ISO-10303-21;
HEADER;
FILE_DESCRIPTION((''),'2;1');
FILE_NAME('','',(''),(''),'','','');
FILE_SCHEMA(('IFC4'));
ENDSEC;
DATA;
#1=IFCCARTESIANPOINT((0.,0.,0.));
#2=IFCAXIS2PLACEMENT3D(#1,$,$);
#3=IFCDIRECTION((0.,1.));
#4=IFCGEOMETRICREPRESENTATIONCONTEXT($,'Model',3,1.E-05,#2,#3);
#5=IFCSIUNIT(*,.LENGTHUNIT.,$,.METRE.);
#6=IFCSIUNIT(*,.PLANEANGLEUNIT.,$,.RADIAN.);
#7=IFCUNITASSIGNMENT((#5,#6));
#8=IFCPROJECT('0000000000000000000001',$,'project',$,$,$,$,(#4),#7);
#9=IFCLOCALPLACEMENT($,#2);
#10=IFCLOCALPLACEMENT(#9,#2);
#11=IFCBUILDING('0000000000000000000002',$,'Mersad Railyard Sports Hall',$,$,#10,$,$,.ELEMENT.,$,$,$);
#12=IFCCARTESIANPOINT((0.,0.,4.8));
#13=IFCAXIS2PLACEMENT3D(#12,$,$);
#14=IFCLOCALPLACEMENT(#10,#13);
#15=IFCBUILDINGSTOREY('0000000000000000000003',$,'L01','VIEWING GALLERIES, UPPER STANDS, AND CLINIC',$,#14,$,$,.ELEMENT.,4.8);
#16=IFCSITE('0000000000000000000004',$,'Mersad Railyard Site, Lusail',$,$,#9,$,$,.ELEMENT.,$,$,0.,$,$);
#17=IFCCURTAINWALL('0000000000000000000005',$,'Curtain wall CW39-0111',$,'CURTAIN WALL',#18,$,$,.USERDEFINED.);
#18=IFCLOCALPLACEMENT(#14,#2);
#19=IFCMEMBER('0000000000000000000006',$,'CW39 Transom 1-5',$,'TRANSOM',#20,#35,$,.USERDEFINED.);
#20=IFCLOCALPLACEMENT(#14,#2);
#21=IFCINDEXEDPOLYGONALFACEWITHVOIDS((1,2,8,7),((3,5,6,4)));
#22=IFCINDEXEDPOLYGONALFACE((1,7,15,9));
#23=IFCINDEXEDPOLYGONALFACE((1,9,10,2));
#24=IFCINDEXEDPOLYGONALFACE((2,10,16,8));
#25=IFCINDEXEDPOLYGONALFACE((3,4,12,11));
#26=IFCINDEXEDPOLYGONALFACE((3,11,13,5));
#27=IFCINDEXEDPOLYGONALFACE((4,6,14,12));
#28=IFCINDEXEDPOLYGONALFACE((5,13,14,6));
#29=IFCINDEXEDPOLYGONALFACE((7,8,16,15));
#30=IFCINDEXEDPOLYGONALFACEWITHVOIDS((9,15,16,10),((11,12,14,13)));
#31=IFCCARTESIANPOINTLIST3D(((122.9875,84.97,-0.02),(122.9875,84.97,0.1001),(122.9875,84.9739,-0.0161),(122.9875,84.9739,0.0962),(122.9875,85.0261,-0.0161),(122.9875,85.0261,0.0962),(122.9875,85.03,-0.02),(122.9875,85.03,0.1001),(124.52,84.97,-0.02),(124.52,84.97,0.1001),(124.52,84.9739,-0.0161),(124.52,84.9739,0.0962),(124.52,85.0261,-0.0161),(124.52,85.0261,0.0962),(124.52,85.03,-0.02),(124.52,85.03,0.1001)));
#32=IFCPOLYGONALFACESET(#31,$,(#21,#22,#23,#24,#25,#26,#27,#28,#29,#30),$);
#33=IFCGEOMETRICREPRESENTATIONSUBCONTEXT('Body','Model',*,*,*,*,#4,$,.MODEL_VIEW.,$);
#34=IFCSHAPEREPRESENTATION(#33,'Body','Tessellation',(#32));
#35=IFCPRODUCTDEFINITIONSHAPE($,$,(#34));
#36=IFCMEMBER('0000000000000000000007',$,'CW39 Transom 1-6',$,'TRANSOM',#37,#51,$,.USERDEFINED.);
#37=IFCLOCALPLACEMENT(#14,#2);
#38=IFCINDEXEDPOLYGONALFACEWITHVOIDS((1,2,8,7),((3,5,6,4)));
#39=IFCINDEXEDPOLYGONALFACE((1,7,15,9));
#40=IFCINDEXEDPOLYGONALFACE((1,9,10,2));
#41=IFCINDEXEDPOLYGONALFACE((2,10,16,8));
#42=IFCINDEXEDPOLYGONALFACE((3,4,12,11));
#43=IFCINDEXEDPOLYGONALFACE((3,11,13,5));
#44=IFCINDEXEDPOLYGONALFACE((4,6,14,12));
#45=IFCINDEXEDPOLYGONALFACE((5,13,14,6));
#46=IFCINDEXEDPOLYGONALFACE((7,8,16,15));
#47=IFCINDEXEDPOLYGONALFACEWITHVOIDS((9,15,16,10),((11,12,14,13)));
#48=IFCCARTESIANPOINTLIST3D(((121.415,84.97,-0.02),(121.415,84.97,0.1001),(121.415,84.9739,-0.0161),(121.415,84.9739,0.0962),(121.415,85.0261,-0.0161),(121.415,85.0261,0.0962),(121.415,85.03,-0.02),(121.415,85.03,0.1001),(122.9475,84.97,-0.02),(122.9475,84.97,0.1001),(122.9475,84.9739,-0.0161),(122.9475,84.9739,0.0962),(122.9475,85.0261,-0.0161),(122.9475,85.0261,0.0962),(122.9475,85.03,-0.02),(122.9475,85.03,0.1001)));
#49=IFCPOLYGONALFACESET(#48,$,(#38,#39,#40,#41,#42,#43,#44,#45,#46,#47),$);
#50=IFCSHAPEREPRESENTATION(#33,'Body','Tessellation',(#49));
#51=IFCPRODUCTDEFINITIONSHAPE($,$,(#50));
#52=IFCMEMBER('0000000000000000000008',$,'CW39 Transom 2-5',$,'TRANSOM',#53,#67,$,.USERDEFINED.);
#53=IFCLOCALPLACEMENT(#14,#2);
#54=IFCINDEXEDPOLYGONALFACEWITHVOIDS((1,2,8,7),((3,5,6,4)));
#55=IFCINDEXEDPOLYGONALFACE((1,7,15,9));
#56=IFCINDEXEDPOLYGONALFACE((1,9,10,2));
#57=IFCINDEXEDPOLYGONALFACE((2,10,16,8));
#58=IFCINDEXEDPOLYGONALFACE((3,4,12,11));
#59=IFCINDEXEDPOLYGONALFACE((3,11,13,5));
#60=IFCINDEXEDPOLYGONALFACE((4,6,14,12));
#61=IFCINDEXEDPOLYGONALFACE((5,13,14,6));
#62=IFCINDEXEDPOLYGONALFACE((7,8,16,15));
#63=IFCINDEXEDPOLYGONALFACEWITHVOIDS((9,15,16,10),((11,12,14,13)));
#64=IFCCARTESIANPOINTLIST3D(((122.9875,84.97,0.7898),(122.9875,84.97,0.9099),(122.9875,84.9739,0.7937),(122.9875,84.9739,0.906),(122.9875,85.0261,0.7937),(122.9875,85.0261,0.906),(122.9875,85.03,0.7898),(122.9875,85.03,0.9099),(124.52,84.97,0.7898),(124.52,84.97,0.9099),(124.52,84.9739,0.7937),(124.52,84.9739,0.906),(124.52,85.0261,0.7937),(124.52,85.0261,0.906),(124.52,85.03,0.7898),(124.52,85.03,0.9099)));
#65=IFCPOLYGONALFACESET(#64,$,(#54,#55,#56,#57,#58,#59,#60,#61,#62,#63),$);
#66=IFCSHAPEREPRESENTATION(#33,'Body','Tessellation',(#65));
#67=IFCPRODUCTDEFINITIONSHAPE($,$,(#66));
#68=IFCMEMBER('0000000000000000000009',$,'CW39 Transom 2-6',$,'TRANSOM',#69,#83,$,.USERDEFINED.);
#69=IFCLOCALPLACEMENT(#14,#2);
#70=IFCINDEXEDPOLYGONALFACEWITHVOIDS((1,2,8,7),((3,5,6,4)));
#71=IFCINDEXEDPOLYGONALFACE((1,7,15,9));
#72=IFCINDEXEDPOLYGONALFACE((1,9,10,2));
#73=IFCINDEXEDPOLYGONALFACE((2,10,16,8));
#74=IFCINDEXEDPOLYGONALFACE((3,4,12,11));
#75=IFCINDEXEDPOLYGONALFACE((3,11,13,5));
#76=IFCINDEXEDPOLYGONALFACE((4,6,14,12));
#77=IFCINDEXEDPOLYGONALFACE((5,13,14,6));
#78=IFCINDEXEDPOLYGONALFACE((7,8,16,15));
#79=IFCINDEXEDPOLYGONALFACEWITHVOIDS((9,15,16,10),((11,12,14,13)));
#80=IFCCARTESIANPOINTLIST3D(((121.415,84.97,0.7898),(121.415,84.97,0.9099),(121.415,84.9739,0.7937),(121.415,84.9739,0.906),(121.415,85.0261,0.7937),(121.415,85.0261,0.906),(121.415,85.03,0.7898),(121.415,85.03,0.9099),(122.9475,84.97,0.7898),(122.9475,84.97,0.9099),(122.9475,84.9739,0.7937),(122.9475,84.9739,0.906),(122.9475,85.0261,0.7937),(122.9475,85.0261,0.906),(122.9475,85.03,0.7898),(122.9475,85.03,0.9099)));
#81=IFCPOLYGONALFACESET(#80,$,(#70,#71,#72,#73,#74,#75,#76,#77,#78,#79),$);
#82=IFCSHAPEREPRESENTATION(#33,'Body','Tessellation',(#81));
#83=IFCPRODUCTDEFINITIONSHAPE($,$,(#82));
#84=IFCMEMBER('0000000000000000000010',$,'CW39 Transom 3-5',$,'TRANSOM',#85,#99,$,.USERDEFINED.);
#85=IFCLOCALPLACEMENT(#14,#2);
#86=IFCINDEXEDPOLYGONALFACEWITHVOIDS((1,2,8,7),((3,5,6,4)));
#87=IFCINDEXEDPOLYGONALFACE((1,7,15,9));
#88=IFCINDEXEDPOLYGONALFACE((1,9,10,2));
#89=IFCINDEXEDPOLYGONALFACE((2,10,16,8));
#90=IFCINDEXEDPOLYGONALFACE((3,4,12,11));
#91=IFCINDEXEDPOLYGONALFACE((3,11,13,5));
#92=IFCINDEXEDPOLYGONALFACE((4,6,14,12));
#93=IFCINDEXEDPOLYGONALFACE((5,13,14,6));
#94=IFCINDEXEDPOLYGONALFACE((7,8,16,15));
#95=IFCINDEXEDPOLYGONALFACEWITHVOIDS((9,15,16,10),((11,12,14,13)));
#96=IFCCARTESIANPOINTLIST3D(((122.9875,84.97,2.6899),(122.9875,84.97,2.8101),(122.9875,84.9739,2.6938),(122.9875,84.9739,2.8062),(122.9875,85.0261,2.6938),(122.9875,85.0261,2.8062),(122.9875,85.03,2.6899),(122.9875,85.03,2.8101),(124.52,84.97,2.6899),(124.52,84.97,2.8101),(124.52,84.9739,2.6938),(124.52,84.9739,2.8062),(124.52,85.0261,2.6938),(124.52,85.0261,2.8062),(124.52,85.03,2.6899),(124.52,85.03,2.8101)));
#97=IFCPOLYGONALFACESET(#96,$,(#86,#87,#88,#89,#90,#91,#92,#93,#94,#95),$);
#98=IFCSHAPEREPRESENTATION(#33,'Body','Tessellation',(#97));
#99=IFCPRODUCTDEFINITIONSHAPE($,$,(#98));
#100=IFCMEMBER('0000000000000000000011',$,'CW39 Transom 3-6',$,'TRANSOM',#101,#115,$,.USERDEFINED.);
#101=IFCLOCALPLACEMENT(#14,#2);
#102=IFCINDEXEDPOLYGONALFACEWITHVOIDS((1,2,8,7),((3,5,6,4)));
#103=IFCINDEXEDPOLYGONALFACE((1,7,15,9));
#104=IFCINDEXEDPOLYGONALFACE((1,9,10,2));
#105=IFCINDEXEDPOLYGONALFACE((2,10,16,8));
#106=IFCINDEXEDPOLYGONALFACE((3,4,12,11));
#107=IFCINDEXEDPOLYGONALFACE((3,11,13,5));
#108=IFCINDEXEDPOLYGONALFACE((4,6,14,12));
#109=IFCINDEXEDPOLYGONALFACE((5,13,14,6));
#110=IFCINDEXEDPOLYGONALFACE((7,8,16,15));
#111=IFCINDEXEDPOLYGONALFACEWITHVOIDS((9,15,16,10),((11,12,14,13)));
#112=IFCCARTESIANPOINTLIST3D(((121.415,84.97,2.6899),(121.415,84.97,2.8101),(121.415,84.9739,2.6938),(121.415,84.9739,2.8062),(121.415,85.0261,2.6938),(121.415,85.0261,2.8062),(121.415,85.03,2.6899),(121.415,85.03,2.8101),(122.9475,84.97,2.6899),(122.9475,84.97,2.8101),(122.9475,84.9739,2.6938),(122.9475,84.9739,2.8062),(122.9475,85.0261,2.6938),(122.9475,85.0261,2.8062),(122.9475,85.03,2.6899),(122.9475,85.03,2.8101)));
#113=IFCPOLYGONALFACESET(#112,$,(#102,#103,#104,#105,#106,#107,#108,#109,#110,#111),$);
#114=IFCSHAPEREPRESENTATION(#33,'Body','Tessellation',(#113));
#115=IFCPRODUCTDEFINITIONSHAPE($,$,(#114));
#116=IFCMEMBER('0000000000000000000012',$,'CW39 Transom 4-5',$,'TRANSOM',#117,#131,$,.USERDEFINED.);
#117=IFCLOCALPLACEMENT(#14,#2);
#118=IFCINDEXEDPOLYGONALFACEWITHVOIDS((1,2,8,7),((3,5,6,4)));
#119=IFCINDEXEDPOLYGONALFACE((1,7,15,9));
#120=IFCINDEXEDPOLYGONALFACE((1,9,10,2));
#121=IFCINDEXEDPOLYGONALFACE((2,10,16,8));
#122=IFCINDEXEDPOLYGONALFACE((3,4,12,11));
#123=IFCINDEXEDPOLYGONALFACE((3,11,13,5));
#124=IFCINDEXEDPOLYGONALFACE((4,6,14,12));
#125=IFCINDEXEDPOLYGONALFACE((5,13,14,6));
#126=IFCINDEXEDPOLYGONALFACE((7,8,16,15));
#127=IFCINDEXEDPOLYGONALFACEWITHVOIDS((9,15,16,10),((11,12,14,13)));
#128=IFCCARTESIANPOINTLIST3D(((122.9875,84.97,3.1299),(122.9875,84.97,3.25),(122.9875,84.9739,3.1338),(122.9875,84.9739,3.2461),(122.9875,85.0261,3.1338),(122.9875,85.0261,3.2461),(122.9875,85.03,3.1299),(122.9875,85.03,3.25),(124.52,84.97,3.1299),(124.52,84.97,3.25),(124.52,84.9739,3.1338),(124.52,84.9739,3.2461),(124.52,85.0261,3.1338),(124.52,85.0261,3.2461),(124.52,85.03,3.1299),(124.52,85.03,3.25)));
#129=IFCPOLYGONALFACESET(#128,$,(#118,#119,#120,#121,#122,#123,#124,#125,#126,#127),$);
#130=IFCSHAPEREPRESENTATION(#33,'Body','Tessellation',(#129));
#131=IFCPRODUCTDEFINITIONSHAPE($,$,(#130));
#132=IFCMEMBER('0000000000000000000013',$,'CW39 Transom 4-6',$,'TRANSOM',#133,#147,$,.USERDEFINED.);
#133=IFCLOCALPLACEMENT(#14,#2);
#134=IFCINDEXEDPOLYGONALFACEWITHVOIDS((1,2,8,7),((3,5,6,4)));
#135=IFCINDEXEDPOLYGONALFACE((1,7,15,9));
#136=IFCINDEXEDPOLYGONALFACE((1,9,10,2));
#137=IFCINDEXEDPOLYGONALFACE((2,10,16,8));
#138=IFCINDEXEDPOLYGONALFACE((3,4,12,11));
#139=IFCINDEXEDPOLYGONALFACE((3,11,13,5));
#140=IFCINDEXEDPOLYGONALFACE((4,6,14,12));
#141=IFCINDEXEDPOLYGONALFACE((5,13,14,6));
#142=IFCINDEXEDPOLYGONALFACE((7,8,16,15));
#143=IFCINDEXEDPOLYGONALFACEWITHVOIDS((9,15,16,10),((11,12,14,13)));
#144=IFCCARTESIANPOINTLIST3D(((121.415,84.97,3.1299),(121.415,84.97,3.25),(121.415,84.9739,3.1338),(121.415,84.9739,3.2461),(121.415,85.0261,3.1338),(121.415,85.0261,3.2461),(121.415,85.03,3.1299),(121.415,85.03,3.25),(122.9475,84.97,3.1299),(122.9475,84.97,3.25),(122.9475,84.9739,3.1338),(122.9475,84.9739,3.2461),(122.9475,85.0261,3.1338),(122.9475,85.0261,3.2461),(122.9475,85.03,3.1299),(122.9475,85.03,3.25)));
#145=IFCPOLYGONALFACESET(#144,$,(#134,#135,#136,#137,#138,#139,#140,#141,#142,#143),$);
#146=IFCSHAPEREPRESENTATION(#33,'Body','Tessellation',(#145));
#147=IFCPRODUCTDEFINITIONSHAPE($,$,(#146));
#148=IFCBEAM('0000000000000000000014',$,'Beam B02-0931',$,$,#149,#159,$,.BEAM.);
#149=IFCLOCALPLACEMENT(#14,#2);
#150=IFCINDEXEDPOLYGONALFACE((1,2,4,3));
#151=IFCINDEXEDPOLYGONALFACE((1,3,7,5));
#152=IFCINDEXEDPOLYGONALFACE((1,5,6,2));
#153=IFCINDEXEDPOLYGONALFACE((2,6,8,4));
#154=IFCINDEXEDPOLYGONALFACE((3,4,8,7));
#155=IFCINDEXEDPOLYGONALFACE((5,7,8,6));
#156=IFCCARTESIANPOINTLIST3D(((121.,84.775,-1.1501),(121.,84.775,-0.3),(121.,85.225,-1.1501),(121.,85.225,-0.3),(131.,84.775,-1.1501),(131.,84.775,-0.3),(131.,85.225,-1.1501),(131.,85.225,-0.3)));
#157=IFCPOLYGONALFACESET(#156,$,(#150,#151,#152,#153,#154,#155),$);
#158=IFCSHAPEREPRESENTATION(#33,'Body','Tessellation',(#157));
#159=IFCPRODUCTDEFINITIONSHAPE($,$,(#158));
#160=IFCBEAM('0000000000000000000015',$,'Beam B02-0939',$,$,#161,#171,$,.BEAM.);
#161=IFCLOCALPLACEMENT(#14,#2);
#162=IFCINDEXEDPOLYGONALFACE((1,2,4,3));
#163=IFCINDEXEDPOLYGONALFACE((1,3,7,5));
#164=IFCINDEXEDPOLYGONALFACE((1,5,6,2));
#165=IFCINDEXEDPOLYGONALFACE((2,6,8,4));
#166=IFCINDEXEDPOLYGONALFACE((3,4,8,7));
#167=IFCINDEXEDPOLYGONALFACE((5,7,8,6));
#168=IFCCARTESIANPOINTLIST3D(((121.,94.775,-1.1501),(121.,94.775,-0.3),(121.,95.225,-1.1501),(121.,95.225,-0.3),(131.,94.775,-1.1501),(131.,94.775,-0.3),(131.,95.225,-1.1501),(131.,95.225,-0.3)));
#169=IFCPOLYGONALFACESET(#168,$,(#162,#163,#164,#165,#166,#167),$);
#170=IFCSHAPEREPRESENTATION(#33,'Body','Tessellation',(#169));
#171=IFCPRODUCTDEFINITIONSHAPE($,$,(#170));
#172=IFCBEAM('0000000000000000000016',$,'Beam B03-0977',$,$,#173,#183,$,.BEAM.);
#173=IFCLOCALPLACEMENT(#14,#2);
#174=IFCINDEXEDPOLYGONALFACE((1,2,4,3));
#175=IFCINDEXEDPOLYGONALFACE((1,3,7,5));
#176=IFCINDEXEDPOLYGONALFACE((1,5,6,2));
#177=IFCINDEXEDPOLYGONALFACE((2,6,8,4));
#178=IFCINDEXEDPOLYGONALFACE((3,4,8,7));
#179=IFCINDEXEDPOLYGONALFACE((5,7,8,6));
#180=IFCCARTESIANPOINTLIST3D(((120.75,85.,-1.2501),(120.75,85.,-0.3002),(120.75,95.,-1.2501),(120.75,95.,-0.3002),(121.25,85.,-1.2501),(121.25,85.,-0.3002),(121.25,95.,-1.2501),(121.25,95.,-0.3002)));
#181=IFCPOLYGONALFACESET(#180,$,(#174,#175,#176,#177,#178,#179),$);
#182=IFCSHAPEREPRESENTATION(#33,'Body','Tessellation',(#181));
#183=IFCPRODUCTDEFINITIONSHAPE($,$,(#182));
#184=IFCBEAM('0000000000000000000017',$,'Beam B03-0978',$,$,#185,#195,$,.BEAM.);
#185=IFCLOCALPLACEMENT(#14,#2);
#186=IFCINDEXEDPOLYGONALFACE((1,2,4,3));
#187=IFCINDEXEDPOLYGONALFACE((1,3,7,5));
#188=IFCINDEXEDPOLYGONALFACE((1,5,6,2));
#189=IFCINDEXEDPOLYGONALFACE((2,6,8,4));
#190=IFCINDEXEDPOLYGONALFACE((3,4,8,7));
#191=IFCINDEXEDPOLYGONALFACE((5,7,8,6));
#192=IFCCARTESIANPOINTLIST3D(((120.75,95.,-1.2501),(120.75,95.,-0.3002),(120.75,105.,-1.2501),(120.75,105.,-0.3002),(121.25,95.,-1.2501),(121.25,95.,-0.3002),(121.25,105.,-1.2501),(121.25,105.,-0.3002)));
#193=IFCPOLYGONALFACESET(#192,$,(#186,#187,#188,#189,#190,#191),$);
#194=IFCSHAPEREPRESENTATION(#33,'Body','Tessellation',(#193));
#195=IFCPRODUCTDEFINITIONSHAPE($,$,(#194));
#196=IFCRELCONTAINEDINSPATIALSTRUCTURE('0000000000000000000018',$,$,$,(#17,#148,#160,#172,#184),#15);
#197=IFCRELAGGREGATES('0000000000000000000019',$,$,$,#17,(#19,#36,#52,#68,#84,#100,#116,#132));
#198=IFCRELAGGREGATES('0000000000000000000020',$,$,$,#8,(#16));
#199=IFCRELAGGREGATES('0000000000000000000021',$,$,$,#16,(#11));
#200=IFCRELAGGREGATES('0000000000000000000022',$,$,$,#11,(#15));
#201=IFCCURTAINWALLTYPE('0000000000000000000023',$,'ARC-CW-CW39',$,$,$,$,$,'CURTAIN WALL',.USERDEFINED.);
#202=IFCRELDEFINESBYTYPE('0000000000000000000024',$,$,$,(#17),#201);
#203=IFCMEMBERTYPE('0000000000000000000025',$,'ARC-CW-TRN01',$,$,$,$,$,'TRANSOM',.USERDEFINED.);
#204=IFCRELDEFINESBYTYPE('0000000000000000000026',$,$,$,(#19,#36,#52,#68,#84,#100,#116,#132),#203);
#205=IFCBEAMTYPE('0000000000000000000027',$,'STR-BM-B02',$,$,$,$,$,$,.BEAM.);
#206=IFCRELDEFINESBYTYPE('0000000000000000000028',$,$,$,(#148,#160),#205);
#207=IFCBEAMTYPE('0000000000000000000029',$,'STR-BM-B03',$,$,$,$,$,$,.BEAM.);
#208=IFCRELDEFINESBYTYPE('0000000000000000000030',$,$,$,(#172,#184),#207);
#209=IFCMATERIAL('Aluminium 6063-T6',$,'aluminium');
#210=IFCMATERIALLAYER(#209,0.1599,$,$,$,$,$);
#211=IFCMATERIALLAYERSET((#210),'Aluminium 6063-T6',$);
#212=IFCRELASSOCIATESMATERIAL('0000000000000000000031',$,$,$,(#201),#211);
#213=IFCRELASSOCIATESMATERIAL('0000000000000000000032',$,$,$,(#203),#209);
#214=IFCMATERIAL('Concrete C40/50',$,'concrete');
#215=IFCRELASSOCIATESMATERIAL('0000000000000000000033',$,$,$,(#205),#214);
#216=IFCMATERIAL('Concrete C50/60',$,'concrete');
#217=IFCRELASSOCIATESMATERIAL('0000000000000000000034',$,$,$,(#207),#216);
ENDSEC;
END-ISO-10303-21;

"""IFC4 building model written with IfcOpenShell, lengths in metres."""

from ifc_helpers import new_model, si_unit, direction, frame, origin, origin_2d, place, context, subcontext, project, spatial, rectangle, hollow_rectangle, extrude, material, layer, layer_set, material_profile, profile_set, type_object, element, aggregate, save


model = new_model("IFC4")

# Units and contexts
model_context = context("Model", 3, precision=1e-05, world=origin(), true_north=direction((0.0, 1.0)))
body_context = subcontext(model_context, "Body", "Model", "MODEL_VIEW")
ifc_project = project(units=[si_unit("LENGTHUNIT", "METRE"), si_unit("PLANEANGLEUNIT", "RADIAN")], contexts=[model_context])

# Site, building, storey
site_placement = place(None, origin())
site = spatial("IfcSite", under=ifc_project, at=site_placement, Name="Mersad Railyard Site, Lusail", CompositionType="ELEMENT", RefElevation=0.0)
building_placement = place(site_placement, origin())
building = spatial("IfcBuilding", under=site, at=building_placement, Name="Mersad Railyard Sports Hall", CompositionType="ELEMENT")
storey_placement = place(building_placement, frame((0.0, 0.0, 4.8)))
storey = spatial("IfcBuildingStorey", under=building, at=storey_placement, Name="L01", Description="VIEWING GALLERIES, UPPER STANDS, AND CLINIC", CompositionType="ELEMENT", Elevation=4.8)

# Shared definitions
ifc_material_1 = material(Name="Concrete C50/60", Category="concrete")

# Curtain wall
ifc_material_2 = material(Name="Aluminium 6063-T6", Category="aluminium")
ifc_layer_1 = layer(ifc_material_2, 0.1599)
ifc_layer_set_1 = layer_set([ifc_layer_1], Name="Aluminium 6063-T6")
curtain_wall_type_1 = type_object("IfcCurtainWallType", Name="ARC-CW-CW39", ElementType="CURTAIN WALL", PredefinedType="USERDEFINED", material=ifc_layer_set_1)
curtain_wall_1_placement = place(storey_placement, origin())
curtain_wall_1 = element("IfcCurtainWall", 1, at=curtain_wall_1_placement, inside=storey, type_object=curtain_wall_type_1, Name="Curtain wall CW39-0111", ObjectType="CURTAIN WALL", PredefinedType="USERDEFINED")

# Members
ifc_material_profile_1 = material_profile(ifc_material_2, hollow_rectangle(XDim=0.0601, YDim=0.1201, WallThickness=0.0039, at=origin_2d()), Name="AL TRANSOM 60x120x4")
ifc_profile_set_1 = profile_set([ifc_material_profile_1], Name="Aluminium 6063-T6")
member_type_1 = type_object("IfcMemberType", Name="ARC-CW-TRN01", ElementType="TRANSOM", PredefinedType="USERDEFINED", material=ifc_profile_set_1)
member_1_placement = place(storey_placement, frame((124.52, 85.0, 0.04), z_axis=(-1.0, 0.0, 0.0), x_axis=(0.0, -1.0, 0.0)))
member_1 = element("IfcMember", 2, at=member_1_placement, type_object=member_type_1, Name="CW39 Transom 1-5", ObjectType="TRANSOM", PredefinedType="USERDEFINED", context=body_context, shape_type="SweptSolid", body=[
    extrude(hollow_rectangle(XDim=0.0601, YDim=0.1201, WallThickness=0.0039, at=origin_2d()), origin(), (0.0, 0.0, 1.0), 1.5325),
])
member_2_placement = place(storey_placement, frame((122.9475, 85.0, 0.04), z_axis=(-1.0, 0.0, 0.0), x_axis=(0.0, -1.0, 0.0)))
member_2 = element("IfcMember", 3, at=member_2_placement, type_object=member_type_1, Name="CW39 Transom 1-6", ObjectType="TRANSOM", PredefinedType="USERDEFINED", context=body_context, shape_type="SweptSolid", body=[
    extrude(hollow_rectangle(XDim=0.0601, YDim=0.1201, WallThickness=0.0039, at=origin_2d()), origin(), (0.0, 0.0, 1.0), 1.5325),
])
member_3_placement = place(storey_placement, frame((124.52, 85.0, 0.8499), z_axis=(-1.0, 0.0, 0.0), x_axis=(0.0, -1.0, 0.0)))
member_3 = element("IfcMember", 4, at=member_3_placement, type_object=member_type_1, Name="CW39 Transom 2-5", ObjectType="TRANSOM", PredefinedType="USERDEFINED", context=body_context, shape_type="SweptSolid", body=[
    extrude(hollow_rectangle(XDim=0.0601, YDim=0.1201, WallThickness=0.0039, at=origin_2d()), origin(), (0.0, 0.0, 1.0), 1.5325),
])
member_4_placement = place(storey_placement, frame((122.9475, 85.0, 0.8499), z_axis=(-1.0, 0.0, 0.0), x_axis=(0.0, -1.0, 0.0)))
member_4 = element("IfcMember", 5, at=member_4_placement, type_object=member_type_1, Name="CW39 Transom 2-6", ObjectType="TRANSOM", PredefinedType="USERDEFINED", context=body_context, shape_type="SweptSolid", body=[
    extrude(hollow_rectangle(XDim=0.0601, YDim=0.1201, WallThickness=0.0039, at=origin_2d()), origin(), (0.0, 0.0, 1.0), 1.5325),
])
member_5_placement = place(storey_placement, frame((124.52, 85.0, 2.75), z_axis=(-1.0, 0.0, 0.0), x_axis=(0.0, -1.0, 0.0)))
member_5 = element("IfcMember", 6, at=member_5_placement, type_object=member_type_1, Name="CW39 Transom 3-5", ObjectType="TRANSOM", PredefinedType="USERDEFINED", context=body_context, shape_type="SweptSolid", body=[
    extrude(hollow_rectangle(XDim=0.0601, YDim=0.1201, WallThickness=0.0039, at=origin_2d()), origin(), (0.0, 0.0, 1.0), 1.5325),
])
member_6_placement = place(storey_placement, frame((122.9475, 85.0, 2.75), z_axis=(-1.0, 0.0, 0.0), x_axis=(0.0, -1.0, 0.0)))
member_6 = element("IfcMember", 7, at=member_6_placement, type_object=member_type_1, Name="CW39 Transom 3-6", ObjectType="TRANSOM", PredefinedType="USERDEFINED", context=body_context, shape_type="SweptSolid", body=[
    extrude(hollow_rectangle(XDim=0.0601, YDim=0.1201, WallThickness=0.0039, at=origin_2d()), origin(), (0.0, 0.0, 1.0), 1.5325),
])
member_7_placement = place(storey_placement, frame((124.52, 85.0, 3.1899), z_axis=(-1.0, 0.0, 0.0), x_axis=(0.0, -1.0, 0.0)))
member_7 = element("IfcMember", 8, at=member_7_placement, type_object=member_type_1, Name="CW39 Transom 4-5", ObjectType="TRANSOM", PredefinedType="USERDEFINED", context=body_context, shape_type="SweptSolid", body=[
    extrude(hollow_rectangle(XDim=0.0601, YDim=0.1201, WallThickness=0.0039, at=origin_2d()), origin(), (0.0, 0.0, 1.0), 1.5325),
])
member_8_placement = place(storey_placement, frame((122.9475, 85.0, 3.1899), z_axis=(-1.0, 0.0, 0.0), x_axis=(0.0, -1.0, 0.0)))
member_8 = element("IfcMember", 9, at=member_8_placement, type_object=member_type_1, Name="CW39 Transom 4-6", ObjectType="TRANSOM", PredefinedType="USERDEFINED", context=body_context, shape_type="SweptSolid", body=[
    extrude(hollow_rectangle(XDim=0.0601, YDim=0.1201, WallThickness=0.0039, at=origin_2d()), origin(), (0.0, 0.0, 1.0), 1.5325),
])

# Beams
ifc_material_3 = material(Name="Concrete C40/50", Category="concrete")
ifc_material_profile_2 = material_profile(ifc_material_3, rectangle(XDim=0.45, YDim=0.8501, at=origin_2d()), Name="RC 450x850")
ifc_profile_set_2 = profile_set([ifc_material_profile_2], Name="Concrete C40/50")
beam_type_1 = type_object("IfcBeamType", Name="STR-BM-B02", PredefinedType="BEAM", material=ifc_profile_set_2)
for number, where, z_axis, x_axis, name in (
    (10, (121.0, 85.0, -0.7251), (1.0, 0.0, 0.0), (0.0, 1.0, 0.0), "Beam B02-0931"),
    (11, (121.0, 95.0, -0.7251), (1.0, 0.0, 0.0), (0.0, 1.0, 0.0), "Beam B02-0939"),
):
    element("IfcBeam", number, at=place(storey_placement, frame(where, z_axis=z_axis, x_axis=x_axis)), inside=storey, type_object=beam_type_1, Name=name, PredefinedType="BEAM", context=body_context, shape_type="SweptSolid", body=[
        extrude(rectangle(XDim=0.45, YDim=0.8501, at=origin_2d()), origin(), (0.0, 0.0, 1.0), 10.0),
    ])
ifc_material_profile_3 = material_profile(ifc_material_1, rectangle(XDim=0.5, YDim=0.95, at=origin_2d()), Name="RC 500x950")
ifc_profile_set_3 = profile_set([ifc_material_profile_3], Name="Concrete C50/60")
beam_type_2 = type_object("IfcBeamType", Name="STR-BM-B03", PredefinedType="BEAM", material=ifc_profile_set_3)
for number, where, z_axis, x_axis, name in (
    (12, (121.0, 85.0, -0.7751), (0.0, 1.0, 0.0), (-1.0, 0.0, 0.0), "Beam B03-0977"),
    (13, (121.0, 95.0, -0.7751), (0.0, 1.0, 0.0), (-1.0, 0.0, 0.0), "Beam B03-0978"),
):
    element("IfcBeam", number, at=place(storey_placement, frame(where, z_axis=z_axis, x_axis=x_axis)), inside=storey, type_object=beam_type_2, Name=name, PredefinedType="BEAM", context=body_context, shape_type="SweptSolid", body=[
        extrude(rectangle(XDim=0.5, YDim=0.95, at=origin_2d()), origin(), (0.0, 0.0, 1.0), 10.0),
    ])

aggregate(curtain_wall_1, [member_1, member_2, member_3, member_4, member_5, member_6, member_7, member_8])

save(model, "model.ifc")
